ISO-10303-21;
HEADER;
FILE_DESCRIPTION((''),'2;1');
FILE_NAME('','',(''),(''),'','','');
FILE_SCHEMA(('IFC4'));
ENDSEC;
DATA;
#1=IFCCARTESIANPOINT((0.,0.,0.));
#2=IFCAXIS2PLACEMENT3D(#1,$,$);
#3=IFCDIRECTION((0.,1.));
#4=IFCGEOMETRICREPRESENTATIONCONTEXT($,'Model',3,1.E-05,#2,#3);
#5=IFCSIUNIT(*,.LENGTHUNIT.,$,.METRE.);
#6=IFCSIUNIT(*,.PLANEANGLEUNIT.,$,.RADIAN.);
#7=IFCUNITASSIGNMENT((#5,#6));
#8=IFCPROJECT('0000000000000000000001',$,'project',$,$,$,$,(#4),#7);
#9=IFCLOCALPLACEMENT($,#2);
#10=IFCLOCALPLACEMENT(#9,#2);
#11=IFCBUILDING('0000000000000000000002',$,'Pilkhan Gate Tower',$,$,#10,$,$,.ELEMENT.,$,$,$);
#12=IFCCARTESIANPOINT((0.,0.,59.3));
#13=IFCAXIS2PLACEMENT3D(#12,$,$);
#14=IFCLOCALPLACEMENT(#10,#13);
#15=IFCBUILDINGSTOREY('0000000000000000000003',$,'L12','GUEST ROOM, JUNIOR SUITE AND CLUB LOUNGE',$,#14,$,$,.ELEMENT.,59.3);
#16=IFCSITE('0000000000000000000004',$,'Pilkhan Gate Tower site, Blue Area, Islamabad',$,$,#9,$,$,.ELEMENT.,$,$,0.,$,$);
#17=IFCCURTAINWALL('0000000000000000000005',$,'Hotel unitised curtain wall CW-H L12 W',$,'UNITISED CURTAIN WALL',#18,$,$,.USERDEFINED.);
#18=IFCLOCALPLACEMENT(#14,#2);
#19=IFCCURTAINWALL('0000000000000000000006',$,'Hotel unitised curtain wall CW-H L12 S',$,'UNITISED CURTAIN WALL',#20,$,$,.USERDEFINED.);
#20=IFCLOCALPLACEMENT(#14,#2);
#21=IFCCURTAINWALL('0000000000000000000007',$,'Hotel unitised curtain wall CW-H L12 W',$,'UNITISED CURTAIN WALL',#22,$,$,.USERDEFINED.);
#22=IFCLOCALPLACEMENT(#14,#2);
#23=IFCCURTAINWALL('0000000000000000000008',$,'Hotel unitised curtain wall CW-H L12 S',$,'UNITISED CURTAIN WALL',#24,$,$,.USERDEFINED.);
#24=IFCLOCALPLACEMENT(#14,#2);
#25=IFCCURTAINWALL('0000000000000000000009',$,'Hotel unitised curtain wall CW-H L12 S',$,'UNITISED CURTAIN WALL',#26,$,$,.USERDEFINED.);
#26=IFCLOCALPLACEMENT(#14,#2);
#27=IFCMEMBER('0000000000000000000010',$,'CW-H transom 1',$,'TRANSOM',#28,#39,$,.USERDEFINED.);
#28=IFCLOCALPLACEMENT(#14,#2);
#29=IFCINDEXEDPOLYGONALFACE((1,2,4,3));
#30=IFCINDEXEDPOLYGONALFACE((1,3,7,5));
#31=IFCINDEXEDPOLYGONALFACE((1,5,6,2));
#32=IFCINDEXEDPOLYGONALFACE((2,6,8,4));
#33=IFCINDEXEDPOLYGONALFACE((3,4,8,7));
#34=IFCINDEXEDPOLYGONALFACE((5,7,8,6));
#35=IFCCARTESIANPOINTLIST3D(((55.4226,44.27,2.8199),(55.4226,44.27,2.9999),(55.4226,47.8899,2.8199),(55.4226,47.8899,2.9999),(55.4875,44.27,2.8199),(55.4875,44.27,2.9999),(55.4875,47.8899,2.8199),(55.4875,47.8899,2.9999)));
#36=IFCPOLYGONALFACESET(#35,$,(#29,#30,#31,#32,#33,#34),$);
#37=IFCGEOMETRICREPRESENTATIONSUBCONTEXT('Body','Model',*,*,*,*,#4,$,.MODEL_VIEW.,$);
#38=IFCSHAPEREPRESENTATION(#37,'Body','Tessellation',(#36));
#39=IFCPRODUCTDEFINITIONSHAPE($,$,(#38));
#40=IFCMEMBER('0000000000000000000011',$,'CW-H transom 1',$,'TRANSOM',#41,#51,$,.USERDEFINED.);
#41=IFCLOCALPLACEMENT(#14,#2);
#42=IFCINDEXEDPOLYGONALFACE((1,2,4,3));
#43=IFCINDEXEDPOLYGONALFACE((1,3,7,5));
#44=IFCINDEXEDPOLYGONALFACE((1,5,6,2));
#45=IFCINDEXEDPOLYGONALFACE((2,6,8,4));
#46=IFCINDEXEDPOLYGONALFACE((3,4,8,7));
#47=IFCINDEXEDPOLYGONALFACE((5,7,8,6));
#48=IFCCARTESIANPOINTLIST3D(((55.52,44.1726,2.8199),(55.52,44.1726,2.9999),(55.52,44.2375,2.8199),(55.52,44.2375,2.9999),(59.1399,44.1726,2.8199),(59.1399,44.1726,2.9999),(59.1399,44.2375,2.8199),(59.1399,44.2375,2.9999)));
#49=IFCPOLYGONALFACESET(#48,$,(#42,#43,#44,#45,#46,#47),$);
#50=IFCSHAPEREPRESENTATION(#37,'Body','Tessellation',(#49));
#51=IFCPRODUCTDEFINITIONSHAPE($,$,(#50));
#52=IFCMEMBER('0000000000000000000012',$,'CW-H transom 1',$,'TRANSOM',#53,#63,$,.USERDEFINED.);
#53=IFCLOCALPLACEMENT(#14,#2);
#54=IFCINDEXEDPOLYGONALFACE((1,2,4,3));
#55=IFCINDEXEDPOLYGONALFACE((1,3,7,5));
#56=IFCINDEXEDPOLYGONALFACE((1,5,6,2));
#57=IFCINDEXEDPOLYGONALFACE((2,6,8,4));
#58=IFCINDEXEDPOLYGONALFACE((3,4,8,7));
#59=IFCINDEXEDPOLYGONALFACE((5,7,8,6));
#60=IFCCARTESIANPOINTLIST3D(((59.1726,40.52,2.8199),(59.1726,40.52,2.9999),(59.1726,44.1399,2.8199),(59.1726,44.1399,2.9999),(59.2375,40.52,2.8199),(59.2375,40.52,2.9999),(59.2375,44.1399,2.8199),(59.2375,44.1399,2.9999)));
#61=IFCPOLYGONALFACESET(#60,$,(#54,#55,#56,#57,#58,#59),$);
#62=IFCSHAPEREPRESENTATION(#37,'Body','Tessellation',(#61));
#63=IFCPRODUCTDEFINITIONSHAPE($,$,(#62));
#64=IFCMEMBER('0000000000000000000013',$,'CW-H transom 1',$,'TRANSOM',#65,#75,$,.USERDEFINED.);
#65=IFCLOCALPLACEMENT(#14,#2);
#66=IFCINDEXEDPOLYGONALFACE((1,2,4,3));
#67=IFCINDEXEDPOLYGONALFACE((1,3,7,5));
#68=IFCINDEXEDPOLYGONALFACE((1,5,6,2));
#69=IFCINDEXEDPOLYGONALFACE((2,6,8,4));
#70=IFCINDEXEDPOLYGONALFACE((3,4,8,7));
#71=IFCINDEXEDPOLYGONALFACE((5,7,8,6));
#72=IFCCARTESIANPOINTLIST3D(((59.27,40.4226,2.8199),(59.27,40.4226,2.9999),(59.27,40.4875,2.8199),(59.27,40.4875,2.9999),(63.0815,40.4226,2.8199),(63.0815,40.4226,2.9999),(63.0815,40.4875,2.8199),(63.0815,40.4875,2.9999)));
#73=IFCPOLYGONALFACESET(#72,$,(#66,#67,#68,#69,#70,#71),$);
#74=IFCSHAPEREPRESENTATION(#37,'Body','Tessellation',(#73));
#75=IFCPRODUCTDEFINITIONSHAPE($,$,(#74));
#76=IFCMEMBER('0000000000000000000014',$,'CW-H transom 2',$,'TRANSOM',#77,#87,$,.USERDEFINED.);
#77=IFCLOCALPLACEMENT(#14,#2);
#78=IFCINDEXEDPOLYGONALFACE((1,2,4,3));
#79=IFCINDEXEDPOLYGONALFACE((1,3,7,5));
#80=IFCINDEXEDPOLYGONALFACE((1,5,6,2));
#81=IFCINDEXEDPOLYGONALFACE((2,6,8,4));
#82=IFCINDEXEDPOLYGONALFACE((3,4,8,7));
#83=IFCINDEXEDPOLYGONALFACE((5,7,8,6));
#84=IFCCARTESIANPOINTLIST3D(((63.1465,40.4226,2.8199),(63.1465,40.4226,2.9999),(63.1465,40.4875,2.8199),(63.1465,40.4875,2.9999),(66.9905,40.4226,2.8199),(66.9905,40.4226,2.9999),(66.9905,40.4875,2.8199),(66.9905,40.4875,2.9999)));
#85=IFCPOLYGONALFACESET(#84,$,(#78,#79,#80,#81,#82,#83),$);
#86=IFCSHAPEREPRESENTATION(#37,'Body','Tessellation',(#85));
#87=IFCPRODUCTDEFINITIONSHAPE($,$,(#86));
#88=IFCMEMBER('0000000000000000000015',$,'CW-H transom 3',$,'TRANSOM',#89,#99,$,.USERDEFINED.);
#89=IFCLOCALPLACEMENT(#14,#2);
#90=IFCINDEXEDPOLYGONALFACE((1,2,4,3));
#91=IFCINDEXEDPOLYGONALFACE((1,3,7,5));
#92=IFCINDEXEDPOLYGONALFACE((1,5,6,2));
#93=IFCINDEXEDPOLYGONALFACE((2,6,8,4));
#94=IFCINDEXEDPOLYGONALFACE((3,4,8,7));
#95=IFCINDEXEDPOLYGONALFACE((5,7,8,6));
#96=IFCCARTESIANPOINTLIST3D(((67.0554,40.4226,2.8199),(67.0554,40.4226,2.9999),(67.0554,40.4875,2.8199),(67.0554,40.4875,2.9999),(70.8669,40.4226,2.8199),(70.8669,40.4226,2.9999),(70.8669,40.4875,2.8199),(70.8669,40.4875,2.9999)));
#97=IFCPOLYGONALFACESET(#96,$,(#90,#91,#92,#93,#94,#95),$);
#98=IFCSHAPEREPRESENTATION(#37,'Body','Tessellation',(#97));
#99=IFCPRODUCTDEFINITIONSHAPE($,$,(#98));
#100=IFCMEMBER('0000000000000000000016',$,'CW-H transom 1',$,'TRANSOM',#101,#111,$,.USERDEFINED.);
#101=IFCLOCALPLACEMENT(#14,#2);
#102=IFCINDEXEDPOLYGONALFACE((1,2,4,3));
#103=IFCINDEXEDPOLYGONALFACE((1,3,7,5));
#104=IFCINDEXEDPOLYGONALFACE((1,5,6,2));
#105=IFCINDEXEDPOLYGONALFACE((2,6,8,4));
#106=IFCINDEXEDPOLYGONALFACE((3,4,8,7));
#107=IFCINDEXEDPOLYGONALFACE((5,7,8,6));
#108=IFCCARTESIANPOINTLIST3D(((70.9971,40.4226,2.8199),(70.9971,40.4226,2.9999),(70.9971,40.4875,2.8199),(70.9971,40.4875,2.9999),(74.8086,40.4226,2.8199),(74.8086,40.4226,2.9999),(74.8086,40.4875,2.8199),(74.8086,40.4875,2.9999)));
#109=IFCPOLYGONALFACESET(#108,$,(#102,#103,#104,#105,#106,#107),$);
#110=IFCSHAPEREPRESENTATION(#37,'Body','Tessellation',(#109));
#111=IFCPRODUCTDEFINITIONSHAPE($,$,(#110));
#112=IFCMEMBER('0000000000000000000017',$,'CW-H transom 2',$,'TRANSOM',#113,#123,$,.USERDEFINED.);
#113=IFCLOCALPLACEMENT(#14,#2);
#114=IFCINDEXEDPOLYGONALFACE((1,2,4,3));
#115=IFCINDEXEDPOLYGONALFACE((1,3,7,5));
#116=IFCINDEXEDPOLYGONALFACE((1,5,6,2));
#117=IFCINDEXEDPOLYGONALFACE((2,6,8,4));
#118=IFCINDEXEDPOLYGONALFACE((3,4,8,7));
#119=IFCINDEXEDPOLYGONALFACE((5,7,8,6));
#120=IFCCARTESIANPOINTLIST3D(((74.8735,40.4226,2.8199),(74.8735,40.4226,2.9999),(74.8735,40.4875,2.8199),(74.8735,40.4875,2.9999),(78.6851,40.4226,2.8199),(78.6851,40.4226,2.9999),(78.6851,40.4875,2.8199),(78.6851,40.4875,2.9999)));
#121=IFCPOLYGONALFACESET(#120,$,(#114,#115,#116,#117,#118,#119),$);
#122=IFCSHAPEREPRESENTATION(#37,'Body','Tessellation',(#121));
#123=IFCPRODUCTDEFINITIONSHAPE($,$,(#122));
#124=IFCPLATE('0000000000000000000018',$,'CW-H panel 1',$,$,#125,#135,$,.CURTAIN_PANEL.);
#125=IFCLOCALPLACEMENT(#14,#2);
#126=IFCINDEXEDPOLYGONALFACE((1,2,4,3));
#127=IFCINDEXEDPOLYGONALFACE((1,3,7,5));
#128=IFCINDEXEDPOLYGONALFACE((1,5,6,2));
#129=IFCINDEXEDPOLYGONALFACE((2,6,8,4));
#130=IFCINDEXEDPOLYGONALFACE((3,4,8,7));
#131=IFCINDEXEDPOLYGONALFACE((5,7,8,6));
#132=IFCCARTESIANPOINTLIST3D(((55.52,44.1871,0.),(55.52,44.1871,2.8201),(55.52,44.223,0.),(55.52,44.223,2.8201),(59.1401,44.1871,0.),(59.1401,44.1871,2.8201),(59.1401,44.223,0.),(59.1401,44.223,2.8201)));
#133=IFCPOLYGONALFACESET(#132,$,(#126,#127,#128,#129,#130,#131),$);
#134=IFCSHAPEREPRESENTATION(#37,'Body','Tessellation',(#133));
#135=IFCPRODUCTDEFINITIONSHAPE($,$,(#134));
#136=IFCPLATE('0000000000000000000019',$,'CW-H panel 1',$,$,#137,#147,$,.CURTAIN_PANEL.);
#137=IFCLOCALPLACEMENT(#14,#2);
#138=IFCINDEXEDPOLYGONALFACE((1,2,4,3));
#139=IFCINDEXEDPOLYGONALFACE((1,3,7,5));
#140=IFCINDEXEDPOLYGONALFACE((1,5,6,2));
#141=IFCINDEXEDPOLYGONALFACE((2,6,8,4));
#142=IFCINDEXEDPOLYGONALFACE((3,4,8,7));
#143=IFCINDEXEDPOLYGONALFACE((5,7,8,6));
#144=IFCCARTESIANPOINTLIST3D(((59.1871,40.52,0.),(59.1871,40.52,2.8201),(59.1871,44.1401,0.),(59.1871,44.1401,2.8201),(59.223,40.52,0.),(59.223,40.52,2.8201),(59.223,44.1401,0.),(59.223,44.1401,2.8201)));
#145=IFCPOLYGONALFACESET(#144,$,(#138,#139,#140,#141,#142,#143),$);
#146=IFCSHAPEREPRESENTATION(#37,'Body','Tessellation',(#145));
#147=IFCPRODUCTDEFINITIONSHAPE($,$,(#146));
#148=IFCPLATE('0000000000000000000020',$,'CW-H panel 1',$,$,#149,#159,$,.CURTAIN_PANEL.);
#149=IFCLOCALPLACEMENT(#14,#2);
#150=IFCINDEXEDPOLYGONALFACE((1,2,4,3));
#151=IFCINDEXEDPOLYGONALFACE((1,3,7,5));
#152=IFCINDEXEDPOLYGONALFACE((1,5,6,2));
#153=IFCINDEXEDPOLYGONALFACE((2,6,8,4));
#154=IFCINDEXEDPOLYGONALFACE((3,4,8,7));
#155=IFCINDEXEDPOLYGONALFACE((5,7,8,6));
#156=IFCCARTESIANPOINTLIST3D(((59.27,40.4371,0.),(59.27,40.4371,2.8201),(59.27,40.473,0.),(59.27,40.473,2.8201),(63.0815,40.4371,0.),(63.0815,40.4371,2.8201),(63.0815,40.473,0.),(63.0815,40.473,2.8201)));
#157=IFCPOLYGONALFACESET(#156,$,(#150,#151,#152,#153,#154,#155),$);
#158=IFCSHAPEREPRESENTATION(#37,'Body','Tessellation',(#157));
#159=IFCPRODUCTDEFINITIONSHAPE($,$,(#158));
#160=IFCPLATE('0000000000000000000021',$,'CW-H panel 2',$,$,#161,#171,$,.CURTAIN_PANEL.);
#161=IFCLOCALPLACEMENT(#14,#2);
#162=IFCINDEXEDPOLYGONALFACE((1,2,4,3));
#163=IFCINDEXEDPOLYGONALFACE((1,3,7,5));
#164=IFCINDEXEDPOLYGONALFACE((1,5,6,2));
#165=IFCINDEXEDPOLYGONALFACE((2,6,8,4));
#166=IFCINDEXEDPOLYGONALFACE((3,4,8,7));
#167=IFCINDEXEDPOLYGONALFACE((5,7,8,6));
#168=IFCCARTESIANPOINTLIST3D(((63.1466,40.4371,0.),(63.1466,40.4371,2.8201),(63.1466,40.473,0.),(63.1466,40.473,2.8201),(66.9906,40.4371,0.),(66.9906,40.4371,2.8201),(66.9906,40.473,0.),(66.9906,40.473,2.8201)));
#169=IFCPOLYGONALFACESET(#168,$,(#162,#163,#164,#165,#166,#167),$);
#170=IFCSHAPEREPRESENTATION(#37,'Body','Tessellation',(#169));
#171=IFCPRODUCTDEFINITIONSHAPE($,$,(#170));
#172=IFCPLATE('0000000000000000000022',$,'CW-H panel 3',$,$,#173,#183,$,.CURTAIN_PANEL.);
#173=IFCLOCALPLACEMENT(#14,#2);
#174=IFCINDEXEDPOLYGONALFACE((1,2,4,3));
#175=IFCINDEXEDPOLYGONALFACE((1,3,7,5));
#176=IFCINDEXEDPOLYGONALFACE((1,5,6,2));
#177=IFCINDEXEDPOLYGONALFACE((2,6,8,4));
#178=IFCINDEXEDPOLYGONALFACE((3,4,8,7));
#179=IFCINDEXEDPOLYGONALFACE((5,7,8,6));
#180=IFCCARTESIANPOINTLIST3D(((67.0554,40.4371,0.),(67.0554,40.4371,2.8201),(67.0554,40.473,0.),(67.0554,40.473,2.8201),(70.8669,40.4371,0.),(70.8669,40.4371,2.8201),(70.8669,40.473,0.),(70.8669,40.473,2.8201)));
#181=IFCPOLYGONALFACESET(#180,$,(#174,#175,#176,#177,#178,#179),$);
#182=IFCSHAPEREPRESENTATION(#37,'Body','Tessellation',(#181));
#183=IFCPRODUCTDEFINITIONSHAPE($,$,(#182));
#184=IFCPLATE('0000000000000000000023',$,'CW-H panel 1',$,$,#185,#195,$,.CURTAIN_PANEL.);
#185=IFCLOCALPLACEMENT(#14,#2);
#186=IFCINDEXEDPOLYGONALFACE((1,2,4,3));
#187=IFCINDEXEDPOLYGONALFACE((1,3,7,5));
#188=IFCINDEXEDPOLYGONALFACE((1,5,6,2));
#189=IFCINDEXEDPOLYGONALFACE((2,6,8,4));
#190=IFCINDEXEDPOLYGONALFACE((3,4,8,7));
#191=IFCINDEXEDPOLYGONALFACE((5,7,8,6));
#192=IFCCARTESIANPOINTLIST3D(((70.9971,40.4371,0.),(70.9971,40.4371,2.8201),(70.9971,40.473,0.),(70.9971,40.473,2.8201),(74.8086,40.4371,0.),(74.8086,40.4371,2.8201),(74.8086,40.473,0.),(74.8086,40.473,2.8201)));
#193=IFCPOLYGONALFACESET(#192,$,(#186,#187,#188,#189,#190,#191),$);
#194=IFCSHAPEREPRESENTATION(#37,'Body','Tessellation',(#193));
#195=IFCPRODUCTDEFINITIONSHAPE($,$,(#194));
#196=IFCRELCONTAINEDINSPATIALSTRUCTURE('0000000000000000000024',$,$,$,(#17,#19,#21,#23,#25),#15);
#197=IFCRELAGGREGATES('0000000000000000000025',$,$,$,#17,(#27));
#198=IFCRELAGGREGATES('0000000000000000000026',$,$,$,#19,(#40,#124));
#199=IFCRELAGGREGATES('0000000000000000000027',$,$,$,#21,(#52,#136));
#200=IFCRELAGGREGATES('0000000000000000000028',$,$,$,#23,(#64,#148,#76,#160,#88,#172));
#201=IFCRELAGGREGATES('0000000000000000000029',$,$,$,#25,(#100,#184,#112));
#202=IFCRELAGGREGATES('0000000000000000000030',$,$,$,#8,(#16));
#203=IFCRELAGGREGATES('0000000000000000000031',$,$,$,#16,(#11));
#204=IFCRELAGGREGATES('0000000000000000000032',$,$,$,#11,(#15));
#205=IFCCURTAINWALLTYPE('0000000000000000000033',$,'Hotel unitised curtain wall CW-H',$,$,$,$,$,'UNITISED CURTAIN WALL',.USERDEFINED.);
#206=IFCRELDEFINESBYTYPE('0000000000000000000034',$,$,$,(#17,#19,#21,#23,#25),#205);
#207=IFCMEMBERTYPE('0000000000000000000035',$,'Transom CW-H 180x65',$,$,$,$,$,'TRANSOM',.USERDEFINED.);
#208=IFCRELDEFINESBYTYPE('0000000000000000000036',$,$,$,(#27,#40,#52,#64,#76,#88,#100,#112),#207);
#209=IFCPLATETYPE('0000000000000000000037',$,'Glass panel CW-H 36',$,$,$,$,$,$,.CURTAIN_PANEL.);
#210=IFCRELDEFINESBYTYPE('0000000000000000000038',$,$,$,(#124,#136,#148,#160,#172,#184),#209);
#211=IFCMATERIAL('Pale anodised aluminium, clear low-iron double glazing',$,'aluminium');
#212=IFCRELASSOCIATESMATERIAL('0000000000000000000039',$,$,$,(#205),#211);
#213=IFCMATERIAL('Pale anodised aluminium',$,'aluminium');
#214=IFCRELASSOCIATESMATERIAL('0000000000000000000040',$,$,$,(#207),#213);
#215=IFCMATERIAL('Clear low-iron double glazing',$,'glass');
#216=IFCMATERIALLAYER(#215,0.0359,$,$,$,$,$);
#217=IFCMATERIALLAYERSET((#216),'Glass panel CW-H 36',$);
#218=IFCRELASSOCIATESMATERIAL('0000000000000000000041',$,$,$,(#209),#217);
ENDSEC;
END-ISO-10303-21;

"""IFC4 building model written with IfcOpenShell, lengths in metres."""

from ifc_helpers import new_model, si_unit, direction, frame, origin, origin_2d, place, context, subcontext, project, spatial, rectangle, extrude, material, layer, layer_set, material_profile, profile_set, type_object, element, aggregate, save


model = new_model("IFC4")

# Units and contexts
model_context = context("Model", 3, precision=1e-05, world=origin(), true_north=direction((0.0, 1.0)))
body_context = subcontext(model_context, "Body", "Model", "MODEL_VIEW")
ifc_project = project(units=[si_unit("LENGTHUNIT", "METRE"), si_unit("PLANEANGLEUNIT", "RADIAN")], contexts=[model_context])

# Site, building, storey
site_placement = place(None, origin())
site = spatial("IfcSite", under=ifc_project, at=site_placement, Name="Pilkhan Gate Tower site, Blue Area, Islamabad", CompositionType="ELEMENT", RefElevation=0.0)
building_placement = place(site_placement, origin())
building = spatial("IfcBuilding", under=site, at=building_placement, Name="Pilkhan Gate Tower", CompositionType="ELEMENT")
storey_placement = place(building_placement, frame((0.0, 0.0, 59.3)))
storey = spatial("IfcBuildingStorey", under=building, at=storey_placement, Name="L12", Description="GUEST ROOM, JUNIOR SUITE AND CLUB LOUNGE", CompositionType="ELEMENT", Elevation=59.3)

# Curtain wall
ifc_material_1 = material(Name="Pale anodised aluminium, clear low-iron double glazing", Category="aluminium")
curtain_wall_type = type_object("IfcCurtainWallType", Name="Hotel unitised curtain wall CW-H", ElementType="UNITISED CURTAIN WALL", PredefinedType="USERDEFINED", material=ifc_material_1)
curtain_wall_1_placement = place(storey_placement, origin())
curtain_wall_1 = element("IfcCurtainWall", 1, at=curtain_wall_1_placement, inside=storey, type_object=curtain_wall_type, Name="Hotel unitised curtain wall CW-H L12 W", ObjectType="UNITISED CURTAIN WALL", PredefinedType="USERDEFINED")
ifc_material_2 = material(Name="Pale anodised aluminium", Category="aluminium")

# Curtain walls
curtain_wall_2_placement = place(storey_placement, origin())
curtain_wall_2 = element("IfcCurtainWall", 2, at=curtain_wall_2_placement, inside=storey, type_object=curtain_wall_type, Name="Hotel unitised curtain wall CW-H L12 S", ObjectType="UNITISED CURTAIN WALL", PredefinedType="USERDEFINED")
curtain_wall_3_placement = place(storey_placement, origin())
curtain_wall_3 = element("IfcCurtainWall", 3, at=curtain_wall_3_placement, inside=storey, type_object=curtain_wall_type, Name="Hotel unitised curtain wall CW-H L12 W", ObjectType="UNITISED CURTAIN WALL", PredefinedType="USERDEFINED")
curtain_wall_4_placement = place(storey_placement, origin())
curtain_wall_4 = element("IfcCurtainWall", 4, at=curtain_wall_4_placement, inside=storey, type_object=curtain_wall_type, Name="Hotel unitised curtain wall CW-H L12 S", ObjectType="UNITISED CURTAIN WALL", PredefinedType="USERDEFINED")
curtain_wall_5_placement = place(storey_placement, origin())
curtain_wall_5 = element("IfcCurtainWall", 5, at=curtain_wall_5_placement, inside=storey, type_object=curtain_wall_type, Name="Hotel unitised curtain wall CW-H L12 S", ObjectType="UNITISED CURTAIN WALL", PredefinedType="USERDEFINED")

# Members
ifc_material_profile_1 = material_profile(ifc_material_2, rectangle(XDim=0.0649, YDim=0.1799, at=origin_2d()), Name="Transom 180x65")
ifc_profile_set_1 = profile_set([ifc_material_profile_1], Name="Pale anodised aluminium")
member_type_1 = type_object("IfcMemberType", Name="Transom CW-H 180x65", ElementType="TRANSOM", PredefinedType="USERDEFINED", material=ifc_profile_set_1)
member_1_placement = place(storey_placement, frame((55.4551, 44.27, 2.9099), z_axis=(0.0, 1.0, 0.0), x_axis=(-1.0, 0.0, 0.0)))
member_1 = element("IfcMember", 6, at=member_1_placement, type_object=member_type_1, Name="CW-H transom 1", ObjectType="TRANSOM", PredefinedType="USERDEFINED", context=body_context, shape_type="SweptSolid", body=[
    extrude(rectangle(XDim=0.0649, YDim=0.1799, at=origin_2d()), origin(), (0.0, 0.0, 1.0), 3.6199),
])
aggregate(curtain_wall_1, [member_1])
member_2_placement = place(storey_placement, frame((55.52, 44.2051, 2.9099), z_axis=(1.0, 0.0, 0.0), x_axis=(0.0, 1.0, 0.0)))
member_2 = element("IfcMember", 7, at=member_2_placement, type_object=member_type_1, Name="CW-H transom 1", ObjectType="TRANSOM", PredefinedType="USERDEFINED", context=body_context, shape_type="SweptSolid", body=[
    extrude(rectangle(XDim=0.0649, YDim=0.1799, at=origin_2d()), origin(), (0.0, 0.0, 1.0), 3.6199),
])
member_3_placement = place(storey_placement, frame((59.2051, 40.52, 2.9099), z_axis=(0.0, 1.0, 0.0), x_axis=(-1.0, 0.0, 0.0)))
member_3 = element("IfcMember", 8, at=member_3_placement, type_object=member_type_1, Name="CW-H transom 1", ObjectType="TRANSOM", PredefinedType="USERDEFINED", context=body_context, shape_type="SweptSolid", body=[
    extrude(rectangle(XDim=0.0649, YDim=0.1799, at=origin_2d()), origin(), (0.0, 0.0, 1.0), 3.6199),
])
member_4_placement = place(storey_placement, frame((59.27, 40.4551, 2.9099), z_axis=(1.0, 0.0, 0.0), x_axis=(0.0, 1.0, 0.0)))
member_4 = element("IfcMember", 9, at=member_4_placement, type_object=member_type_1, Name="CW-H transom 1", ObjectType="TRANSOM", PredefinedType="USERDEFINED", context=body_context, shape_type="SweptSolid", body=[
    extrude(rectangle(XDim=0.0649, YDim=0.1799, at=origin_2d()), origin(), (0.0, 0.0, 1.0), 3.8115),
])
member_5_placement = place(storey_placement, frame((63.1465, 40.4551, 2.9099), z_axis=(1.0, 0.0, 0.0), x_axis=(0.0, 1.0, 0.0)))
member_5 = element("IfcMember", 10, at=member_5_placement, type_object=member_type_1, Name="CW-H transom 2", ObjectType="TRANSOM", PredefinedType="USERDEFINED", context=body_context, shape_type="SweptSolid", body=[
    extrude(rectangle(XDim=0.0649, YDim=0.1799, at=origin_2d()), origin(), (0.0, 0.0, 1.0), 3.844),
])
member_6_placement = place(storey_placement, frame((67.0554, 40.4551, 2.9099), z_axis=(1.0, 0.0, 0.0), x_axis=(0.0, 1.0, 0.0)))
member_6 = element("IfcMember", 11, at=member_6_placement, type_object=member_type_1, Name="CW-H transom 3", ObjectType="TRANSOM", PredefinedType="USERDEFINED", context=body_context, shape_type="SweptSolid", body=[
    extrude(rectangle(XDim=0.0649, YDim=0.1799, at=origin_2d()), origin(), (0.0, 0.0, 1.0), 3.8115),
])
member_7_placement = place(storey_placement, frame((70.9971, 40.4551, 2.9099), z_axis=(1.0, 0.0, 0.0), x_axis=(0.0, 1.0, 0.0)))
member_7 = element("IfcMember", 12, at=member_7_placement, type_object=member_type_1, Name="CW-H transom 1", ObjectType="TRANSOM", PredefinedType="USERDEFINED", context=body_context, shape_type="SweptSolid", body=[
    extrude(rectangle(XDim=0.0649, YDim=0.1799, at=origin_2d()), origin(), (0.0, 0.0, 1.0), 3.8115),
])
member_8_placement = place(storey_placement, frame((74.8735, 40.4551, 2.9099), z_axis=(1.0, 0.0, 0.0), x_axis=(0.0, 1.0, 0.0)))
member_8 = element("IfcMember", 13, at=member_8_placement, type_object=member_type_1, Name="CW-H transom 2", ObjectType="TRANSOM", PredefinedType="USERDEFINED", context=body_context, shape_type="SweptSolid", body=[
    extrude(rectangle(XDim=0.0649, YDim=0.1799, at=origin_2d()), origin(), (0.0, 0.0, 1.0), 3.8115),
])

# Plates
ifc_material_3 = material(Name="Clear low-iron double glazing", Category="glass")
ifc_layer_1 = layer(ifc_material_3, 0.0359)
ifc_layer_set_1 = layer_set([ifc_layer_1], Name="Glass panel CW-H 36")
plate_type = type_object("IfcPlateType", Name="Glass panel CW-H 36", PredefinedType="CURTAIN_PANEL", material=ifc_layer_set_1)
plate_1_placement = place(storey_placement, frame((57.3301, 44.2051, 0.0), z_axis=(0.0, 0.0, 1.0), x_axis=(1.0, 0.0, 0.0)))
plate_1 = element("IfcPlate", 14, at=plate_1_placement, type_object=plate_type, Name="CW-H panel 1", PredefinedType="CURTAIN_PANEL", context=body_context, shape_type="SweptSolid", body=[
    extrude(rectangle(XDim=3.6201, YDim=0.0359, at=origin_2d()), origin(), (0.0, 0.0, 1.0), 2.8201),
])
aggregate(curtain_wall_2, [member_2, plate_1])
plate_2_placement = place(storey_placement, frame((59.2051, 42.3301, 0.0), z_axis=(0.0, 0.0, 1.0), x_axis=(0.0, 1.0, 0.0)))
plate_2 = element("IfcPlate", 15, at=plate_2_placement, type_object=plate_type, Name="CW-H panel 1", PredefinedType="CURTAIN_PANEL", context=body_context, shape_type="SweptSolid", body=[
    extrude(rectangle(XDim=3.6201, YDim=0.0359, at=origin_2d()), origin(), (0.0, 0.0, 1.0), 2.8201),
])
aggregate(curtain_wall_3, [member_3, plate_2])
plate_3_placement = place(storey_placement, frame((61.1758, 40.4551, 0.0), z_axis=(0.0, 0.0, 1.0), x_axis=(1.0, 0.0, 0.0)))
plate_3 = element("IfcPlate", 16, at=plate_3_placement, type_object=plate_type, Name="CW-H panel 1", PredefinedType="CURTAIN_PANEL", context=body_context, shape_type="SweptSolid", body=[
    extrude(rectangle(XDim=3.8115, YDim=0.0359, at=origin_2d()), origin(), (0.0, 0.0, 1.0), 2.8201),
])
plate_4_placement = place(storey_placement, frame((65.0686, 40.4551, 0.0), z_axis=(0.0, 0.0, 1.0), x_axis=(1.0, 0.0, 0.0)))
plate_4 = element("IfcPlate", 17, at=plate_4_placement, type_object=plate_type, Name="CW-H panel 2", PredefinedType="CURTAIN_PANEL", context=body_context, shape_type="SweptSolid", body=[
    extrude(rectangle(XDim=3.844, YDim=0.0359, at=origin_2d()), origin(), (0.0, 0.0, 1.0), 2.8201),
])
plate_5_placement = place(storey_placement, frame((68.9612, 40.4551, 0.0), z_axis=(0.0, 0.0, 1.0), x_axis=(1.0, 0.0, 0.0)))
plate_5 = element("IfcPlate", 18, at=plate_5_placement, type_object=plate_type, Name="CW-H panel 3", PredefinedType="CURTAIN_PANEL", context=body_context, shape_type="SweptSolid", body=[
    extrude(rectangle(XDim=3.8115, YDim=0.0359, at=origin_2d()), origin(), (0.0, 0.0, 1.0), 2.8201),
])
aggregate(curtain_wall_4, [member_4, plate_3, member_5, plate_4, member_6, plate_5])
plate_6_placement = place(storey_placement, frame((72.9028, 40.4551, 0.0), z_axis=(0.0, 0.0, 1.0), x_axis=(1.0, 0.0, 0.0)))
plate_6 = element("IfcPlate", 19, at=plate_6_placement, type_object=plate_type, Name="CW-H panel 1", PredefinedType="CURTAIN_PANEL", context=body_context, shape_type="SweptSolid", body=[
    extrude(rectangle(XDim=3.8115, YDim=0.0359, at=origin_2d()), origin(), (0.0, 0.0, 1.0), 2.8201),
])
aggregate(curtain_wall_5, [member_7, plate_6, member_8])

save(model, "model.ifc")
